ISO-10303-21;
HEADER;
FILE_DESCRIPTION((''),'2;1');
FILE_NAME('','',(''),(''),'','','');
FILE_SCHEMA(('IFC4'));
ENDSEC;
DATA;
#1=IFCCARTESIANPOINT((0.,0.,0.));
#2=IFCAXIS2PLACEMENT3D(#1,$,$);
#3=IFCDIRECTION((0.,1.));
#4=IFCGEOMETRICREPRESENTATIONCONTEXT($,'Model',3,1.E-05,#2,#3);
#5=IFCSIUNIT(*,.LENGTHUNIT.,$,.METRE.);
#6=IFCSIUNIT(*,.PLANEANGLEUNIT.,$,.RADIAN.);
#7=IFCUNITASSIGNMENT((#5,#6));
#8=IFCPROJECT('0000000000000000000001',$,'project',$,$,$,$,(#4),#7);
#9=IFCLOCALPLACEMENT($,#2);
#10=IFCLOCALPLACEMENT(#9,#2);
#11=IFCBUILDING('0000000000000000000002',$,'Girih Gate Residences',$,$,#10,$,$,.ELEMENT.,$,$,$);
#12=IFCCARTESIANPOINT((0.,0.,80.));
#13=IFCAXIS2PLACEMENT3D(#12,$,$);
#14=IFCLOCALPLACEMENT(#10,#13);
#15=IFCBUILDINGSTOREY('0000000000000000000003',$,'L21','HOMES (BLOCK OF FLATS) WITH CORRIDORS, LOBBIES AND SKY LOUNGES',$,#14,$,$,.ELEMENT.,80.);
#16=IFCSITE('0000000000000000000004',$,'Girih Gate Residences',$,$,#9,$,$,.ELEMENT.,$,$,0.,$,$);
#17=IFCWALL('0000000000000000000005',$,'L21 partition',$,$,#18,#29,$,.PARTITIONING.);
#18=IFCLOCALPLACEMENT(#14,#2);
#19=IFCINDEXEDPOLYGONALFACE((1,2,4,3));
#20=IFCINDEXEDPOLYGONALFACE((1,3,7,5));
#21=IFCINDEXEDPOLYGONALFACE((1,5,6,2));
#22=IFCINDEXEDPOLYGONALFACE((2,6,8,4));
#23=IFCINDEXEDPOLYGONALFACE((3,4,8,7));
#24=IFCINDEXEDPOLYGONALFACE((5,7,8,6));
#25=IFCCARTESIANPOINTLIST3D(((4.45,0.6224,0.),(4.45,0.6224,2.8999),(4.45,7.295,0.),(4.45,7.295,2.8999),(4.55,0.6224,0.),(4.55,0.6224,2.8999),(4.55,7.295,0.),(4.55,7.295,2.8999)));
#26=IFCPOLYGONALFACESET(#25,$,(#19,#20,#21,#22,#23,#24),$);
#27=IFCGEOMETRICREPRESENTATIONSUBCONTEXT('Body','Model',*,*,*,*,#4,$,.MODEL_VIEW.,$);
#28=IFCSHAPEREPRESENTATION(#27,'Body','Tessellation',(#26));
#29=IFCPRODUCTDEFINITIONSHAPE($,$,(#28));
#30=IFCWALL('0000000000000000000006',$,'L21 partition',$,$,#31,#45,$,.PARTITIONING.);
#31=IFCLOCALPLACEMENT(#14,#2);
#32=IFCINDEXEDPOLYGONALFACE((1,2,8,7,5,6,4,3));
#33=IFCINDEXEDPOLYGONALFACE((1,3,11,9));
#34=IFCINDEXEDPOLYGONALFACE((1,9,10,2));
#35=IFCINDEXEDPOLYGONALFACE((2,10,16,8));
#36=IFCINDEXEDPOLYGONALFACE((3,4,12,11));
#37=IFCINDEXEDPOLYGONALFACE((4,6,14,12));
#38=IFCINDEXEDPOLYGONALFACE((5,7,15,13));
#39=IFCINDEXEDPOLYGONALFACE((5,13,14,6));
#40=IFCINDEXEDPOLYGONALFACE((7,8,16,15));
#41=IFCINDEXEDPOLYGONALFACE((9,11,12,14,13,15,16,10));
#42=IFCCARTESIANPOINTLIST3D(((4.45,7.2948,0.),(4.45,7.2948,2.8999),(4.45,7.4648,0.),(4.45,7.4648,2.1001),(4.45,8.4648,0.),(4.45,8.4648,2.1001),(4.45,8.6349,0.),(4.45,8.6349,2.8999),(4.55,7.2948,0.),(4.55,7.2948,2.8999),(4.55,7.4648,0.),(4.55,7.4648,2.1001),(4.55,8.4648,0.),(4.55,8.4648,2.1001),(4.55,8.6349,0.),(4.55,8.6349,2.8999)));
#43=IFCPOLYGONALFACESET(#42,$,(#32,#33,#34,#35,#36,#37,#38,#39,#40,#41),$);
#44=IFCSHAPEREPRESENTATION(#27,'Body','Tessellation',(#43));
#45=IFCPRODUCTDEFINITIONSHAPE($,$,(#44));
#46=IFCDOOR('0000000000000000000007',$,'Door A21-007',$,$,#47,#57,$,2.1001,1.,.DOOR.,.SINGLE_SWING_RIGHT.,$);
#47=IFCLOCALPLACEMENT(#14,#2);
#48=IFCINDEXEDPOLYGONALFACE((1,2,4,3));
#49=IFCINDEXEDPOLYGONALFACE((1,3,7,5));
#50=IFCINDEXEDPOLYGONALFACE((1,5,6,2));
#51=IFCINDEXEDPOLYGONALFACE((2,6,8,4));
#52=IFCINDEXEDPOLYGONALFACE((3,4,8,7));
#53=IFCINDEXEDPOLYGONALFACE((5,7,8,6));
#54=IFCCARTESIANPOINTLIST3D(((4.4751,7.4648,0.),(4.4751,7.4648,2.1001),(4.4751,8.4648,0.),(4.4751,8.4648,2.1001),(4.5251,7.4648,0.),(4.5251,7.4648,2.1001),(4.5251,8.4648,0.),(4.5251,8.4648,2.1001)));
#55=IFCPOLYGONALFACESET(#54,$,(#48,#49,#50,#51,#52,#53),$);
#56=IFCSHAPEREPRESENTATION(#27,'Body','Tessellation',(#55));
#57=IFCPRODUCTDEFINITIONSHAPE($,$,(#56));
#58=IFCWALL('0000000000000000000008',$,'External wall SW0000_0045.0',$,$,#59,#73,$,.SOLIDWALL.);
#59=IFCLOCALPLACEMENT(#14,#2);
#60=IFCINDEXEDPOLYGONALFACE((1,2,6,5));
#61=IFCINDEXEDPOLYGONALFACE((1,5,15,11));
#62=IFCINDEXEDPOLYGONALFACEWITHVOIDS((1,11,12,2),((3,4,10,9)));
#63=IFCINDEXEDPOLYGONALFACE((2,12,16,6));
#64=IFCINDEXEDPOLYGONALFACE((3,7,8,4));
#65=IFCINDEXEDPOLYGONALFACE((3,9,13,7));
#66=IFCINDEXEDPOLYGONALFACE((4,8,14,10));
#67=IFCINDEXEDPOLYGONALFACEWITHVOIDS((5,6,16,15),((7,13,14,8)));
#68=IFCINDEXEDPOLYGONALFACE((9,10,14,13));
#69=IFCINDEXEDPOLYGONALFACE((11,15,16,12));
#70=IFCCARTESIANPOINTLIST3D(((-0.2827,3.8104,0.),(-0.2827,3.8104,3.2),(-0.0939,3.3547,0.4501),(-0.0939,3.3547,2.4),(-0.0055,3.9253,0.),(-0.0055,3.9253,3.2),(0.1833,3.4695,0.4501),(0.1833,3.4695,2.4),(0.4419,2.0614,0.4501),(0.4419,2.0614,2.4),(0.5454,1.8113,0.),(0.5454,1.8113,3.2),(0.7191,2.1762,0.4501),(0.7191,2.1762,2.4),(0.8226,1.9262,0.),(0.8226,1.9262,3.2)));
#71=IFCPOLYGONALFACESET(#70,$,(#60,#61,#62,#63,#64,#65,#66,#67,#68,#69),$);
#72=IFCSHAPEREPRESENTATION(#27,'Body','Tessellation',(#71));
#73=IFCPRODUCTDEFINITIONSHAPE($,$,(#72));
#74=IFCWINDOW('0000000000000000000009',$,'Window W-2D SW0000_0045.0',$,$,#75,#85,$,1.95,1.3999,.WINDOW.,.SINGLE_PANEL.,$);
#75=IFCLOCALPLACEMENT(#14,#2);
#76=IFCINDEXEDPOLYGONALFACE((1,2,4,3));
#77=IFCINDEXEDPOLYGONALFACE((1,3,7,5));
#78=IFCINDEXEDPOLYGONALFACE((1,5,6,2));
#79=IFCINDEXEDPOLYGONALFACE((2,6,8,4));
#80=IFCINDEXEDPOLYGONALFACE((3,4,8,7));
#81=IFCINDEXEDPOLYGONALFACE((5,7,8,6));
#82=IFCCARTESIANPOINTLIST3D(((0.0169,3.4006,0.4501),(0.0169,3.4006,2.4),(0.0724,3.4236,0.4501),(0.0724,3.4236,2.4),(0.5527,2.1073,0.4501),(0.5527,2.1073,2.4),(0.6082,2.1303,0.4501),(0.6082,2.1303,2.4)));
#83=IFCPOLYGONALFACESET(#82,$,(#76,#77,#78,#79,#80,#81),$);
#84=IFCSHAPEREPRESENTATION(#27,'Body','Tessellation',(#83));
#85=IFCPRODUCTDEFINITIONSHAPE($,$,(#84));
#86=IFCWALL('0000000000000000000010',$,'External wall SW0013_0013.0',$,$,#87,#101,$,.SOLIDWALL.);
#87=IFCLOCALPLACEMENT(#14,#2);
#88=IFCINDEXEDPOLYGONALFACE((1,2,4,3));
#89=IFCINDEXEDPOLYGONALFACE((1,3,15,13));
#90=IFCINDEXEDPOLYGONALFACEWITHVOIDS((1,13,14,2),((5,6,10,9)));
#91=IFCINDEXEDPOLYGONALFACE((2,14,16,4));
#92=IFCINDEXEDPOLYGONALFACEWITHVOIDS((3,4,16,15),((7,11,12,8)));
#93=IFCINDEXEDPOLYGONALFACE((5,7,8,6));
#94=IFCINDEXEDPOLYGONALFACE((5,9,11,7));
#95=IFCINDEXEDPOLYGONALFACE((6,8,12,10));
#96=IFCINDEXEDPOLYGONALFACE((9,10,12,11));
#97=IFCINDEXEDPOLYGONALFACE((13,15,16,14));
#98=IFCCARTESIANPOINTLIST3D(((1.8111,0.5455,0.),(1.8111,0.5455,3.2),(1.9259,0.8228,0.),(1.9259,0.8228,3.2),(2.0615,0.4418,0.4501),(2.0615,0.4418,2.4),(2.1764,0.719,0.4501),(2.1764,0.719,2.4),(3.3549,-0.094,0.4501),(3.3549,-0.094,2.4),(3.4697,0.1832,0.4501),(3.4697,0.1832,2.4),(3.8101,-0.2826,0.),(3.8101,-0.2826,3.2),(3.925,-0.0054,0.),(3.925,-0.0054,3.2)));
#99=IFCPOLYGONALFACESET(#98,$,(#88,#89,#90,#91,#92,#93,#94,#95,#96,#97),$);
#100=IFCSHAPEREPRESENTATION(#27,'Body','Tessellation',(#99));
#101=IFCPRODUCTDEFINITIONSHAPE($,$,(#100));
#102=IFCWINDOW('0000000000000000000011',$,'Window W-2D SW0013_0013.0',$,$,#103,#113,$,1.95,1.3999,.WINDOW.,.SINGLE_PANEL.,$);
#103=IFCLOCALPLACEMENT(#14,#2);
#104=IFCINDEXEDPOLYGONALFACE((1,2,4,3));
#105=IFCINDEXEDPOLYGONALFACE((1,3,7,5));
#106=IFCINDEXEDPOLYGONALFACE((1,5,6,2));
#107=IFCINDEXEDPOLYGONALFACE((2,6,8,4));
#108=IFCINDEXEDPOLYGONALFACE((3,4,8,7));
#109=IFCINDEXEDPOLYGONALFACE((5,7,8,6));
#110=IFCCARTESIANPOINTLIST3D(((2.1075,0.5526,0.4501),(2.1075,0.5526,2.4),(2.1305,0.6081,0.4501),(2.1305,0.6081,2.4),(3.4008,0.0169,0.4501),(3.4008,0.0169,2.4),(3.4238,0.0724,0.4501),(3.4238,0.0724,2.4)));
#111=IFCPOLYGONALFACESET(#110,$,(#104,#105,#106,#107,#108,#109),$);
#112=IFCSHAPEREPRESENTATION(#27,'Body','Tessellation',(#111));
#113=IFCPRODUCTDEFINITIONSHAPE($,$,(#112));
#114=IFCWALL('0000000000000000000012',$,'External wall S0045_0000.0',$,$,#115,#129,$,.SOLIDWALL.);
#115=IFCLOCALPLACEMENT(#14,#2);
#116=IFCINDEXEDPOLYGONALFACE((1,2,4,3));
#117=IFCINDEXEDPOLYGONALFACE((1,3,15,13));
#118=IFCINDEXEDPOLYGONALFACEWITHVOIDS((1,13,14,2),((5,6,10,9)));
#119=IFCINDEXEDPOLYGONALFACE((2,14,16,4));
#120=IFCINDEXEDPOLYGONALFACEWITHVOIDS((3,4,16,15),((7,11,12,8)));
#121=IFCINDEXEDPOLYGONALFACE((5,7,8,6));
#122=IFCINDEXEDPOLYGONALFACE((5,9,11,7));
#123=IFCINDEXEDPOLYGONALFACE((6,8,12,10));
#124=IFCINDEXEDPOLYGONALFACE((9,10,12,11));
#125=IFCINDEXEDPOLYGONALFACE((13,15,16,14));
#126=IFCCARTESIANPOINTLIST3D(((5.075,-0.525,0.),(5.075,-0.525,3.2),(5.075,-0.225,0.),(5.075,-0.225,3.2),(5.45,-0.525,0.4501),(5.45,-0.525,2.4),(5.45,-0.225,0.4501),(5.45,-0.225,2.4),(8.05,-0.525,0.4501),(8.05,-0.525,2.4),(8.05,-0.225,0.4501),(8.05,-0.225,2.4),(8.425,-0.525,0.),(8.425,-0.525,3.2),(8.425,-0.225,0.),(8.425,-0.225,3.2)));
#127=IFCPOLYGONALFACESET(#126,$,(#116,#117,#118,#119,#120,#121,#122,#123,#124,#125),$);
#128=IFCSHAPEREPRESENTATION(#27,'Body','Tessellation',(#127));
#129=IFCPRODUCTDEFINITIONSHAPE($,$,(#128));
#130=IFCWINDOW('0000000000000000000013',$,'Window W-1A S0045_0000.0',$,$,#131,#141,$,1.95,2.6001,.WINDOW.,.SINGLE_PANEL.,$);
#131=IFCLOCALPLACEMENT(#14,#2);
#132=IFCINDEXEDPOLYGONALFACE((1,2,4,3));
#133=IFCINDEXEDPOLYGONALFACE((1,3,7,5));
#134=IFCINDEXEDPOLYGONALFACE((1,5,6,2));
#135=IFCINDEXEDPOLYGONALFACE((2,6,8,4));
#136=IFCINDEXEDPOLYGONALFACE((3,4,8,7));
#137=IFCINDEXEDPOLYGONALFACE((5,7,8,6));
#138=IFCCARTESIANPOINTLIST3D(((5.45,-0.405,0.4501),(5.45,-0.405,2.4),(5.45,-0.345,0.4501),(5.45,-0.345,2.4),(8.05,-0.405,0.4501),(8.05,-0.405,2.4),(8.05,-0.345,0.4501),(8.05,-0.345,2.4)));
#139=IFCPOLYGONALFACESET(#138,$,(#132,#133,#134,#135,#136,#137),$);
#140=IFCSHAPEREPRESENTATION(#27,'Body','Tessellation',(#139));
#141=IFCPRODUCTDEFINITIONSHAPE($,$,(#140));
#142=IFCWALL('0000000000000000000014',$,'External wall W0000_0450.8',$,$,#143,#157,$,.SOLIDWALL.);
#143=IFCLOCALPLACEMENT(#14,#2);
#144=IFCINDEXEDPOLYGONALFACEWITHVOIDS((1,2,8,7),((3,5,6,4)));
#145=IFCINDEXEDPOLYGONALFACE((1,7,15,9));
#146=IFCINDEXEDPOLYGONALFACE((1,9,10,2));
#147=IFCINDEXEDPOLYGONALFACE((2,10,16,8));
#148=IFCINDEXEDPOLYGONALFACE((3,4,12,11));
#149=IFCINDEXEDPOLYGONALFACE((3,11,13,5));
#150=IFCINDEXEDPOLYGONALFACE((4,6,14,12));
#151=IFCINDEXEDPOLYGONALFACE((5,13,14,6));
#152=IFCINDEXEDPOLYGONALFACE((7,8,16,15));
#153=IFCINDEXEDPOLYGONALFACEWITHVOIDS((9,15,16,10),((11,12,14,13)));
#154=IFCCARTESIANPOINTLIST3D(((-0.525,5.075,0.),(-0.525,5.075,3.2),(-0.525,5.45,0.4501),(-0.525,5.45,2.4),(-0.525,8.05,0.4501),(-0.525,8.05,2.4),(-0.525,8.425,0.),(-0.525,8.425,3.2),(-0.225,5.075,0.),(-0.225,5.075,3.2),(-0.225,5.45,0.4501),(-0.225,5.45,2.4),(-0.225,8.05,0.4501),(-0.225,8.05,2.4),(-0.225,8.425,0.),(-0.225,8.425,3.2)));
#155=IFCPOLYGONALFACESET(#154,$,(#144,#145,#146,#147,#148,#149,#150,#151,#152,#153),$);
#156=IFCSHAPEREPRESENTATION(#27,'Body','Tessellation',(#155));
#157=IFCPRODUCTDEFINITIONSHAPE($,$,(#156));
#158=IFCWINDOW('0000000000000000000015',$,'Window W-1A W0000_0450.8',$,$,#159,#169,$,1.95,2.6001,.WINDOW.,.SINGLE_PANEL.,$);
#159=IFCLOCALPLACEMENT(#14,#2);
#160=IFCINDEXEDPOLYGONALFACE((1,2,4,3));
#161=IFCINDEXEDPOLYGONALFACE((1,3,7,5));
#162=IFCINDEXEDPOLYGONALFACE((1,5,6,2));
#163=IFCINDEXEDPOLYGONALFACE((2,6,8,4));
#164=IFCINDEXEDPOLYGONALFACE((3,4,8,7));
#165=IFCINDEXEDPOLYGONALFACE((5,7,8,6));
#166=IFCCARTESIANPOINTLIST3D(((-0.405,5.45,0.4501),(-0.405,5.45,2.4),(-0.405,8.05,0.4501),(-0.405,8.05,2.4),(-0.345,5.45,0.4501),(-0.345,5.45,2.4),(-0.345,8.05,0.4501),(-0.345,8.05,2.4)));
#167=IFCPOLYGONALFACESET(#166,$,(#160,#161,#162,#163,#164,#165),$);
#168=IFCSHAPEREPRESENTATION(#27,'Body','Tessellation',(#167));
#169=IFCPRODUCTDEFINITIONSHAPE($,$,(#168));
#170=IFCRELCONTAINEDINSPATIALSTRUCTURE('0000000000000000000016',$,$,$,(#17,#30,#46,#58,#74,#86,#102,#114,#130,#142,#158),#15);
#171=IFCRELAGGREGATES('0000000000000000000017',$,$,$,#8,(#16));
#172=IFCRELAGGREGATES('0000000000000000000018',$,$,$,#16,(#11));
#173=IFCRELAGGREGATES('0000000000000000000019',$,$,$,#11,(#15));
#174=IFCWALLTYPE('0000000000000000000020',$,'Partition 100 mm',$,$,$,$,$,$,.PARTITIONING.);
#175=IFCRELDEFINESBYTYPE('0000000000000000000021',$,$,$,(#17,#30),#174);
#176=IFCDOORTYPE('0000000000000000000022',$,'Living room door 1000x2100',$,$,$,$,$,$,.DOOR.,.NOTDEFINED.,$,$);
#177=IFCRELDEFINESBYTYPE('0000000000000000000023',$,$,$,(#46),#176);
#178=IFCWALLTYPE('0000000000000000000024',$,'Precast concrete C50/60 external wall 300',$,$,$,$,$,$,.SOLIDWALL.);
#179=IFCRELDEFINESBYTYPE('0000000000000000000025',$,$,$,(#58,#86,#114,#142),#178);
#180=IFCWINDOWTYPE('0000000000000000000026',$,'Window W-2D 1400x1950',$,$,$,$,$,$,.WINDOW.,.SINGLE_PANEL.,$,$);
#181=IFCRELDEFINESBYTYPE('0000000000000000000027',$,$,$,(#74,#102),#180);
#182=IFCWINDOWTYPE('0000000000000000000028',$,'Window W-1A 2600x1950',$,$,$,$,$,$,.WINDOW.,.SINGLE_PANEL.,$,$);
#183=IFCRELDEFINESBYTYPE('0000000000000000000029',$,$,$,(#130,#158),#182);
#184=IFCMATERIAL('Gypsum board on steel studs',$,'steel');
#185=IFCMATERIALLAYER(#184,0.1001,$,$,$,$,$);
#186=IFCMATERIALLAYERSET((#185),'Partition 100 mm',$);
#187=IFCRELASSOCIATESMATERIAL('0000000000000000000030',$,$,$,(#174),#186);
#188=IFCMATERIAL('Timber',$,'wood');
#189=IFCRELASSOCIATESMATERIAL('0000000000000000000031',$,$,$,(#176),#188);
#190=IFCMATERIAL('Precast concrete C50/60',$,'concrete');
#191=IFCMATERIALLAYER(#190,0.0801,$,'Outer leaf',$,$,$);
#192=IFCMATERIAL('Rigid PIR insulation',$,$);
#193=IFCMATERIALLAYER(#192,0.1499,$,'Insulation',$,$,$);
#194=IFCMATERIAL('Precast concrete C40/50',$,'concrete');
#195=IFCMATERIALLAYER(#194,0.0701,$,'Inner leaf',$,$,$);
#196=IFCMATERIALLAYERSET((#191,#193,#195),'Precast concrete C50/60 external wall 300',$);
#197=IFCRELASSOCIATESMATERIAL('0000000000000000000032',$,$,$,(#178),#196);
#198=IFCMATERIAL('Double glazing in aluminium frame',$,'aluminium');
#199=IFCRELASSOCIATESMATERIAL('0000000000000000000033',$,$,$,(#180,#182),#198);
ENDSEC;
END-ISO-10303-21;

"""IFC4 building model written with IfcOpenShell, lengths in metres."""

from ifc_helpers import new_model, si_unit, direction, frame, frame_2d, origin, place, context, subcontext, project, spatial, rectangle, extrude, material, layer, layer_set, type_object, element, fill, save


model = new_model("IFC4")

# Units and contexts
model_context = context("Model", 3, precision=1e-05, world=origin(), true_north=direction((0.0, 1.0)))
body_context = subcontext(model_context, "Body", "Model", "MODEL_VIEW")
ifc_project = project(units=[si_unit("LENGTHUNIT", "METRE"), si_unit("PLANEANGLEUNIT", "RADIAN")], contexts=[model_context])

# Site, building, storey
site_placement = place(None, origin())
site = spatial("IfcSite", under=ifc_project, at=site_placement, Name="Girih Gate Residences", CompositionType="ELEMENT", RefElevation=0.0)
building_placement = place(site_placement, origin())
building = spatial("IfcBuilding", under=site, at=building_placement, Name="Girih Gate Residences", CompositionType="ELEMENT")
storey_placement = place(building_placement, frame((0.0, 0.0, 80.0)))
storey = spatial("IfcBuildingStorey", under=building, at=storey_placement, Name="L21", Description="HOMES (BLOCK OF FLATS) WITH CORRIDORS, LOBBIES AND SKY LOUNGES", CompositionType="ELEMENT", Elevation=80.0)

# Wall
ifc_material_1 = material(Name="Gypsum board on steel studs", Category="steel")
ifc_layer_1 = layer(ifc_material_1, 0.1001)
ifc_layer_set_1 = layer_set([ifc_layer_1], Name="Partition 100 mm")
wall_type_1 = type_object("IfcWallType", Name="Partition 100 mm", PredefinedType="PARTITIONING", material=ifc_layer_set_1)
wall_1_placement = place(storey_placement, frame((4.5, 0.6223, 0.0), z_axis=(0.0, 0.0, 1.0), x_axis=(0.0, 1.0, 0.0)))
element("IfcWall", 1, at=wall_1_placement, inside=storey, type_object=wall_type_1, Name="L21 partition", PredefinedType="PARTITIONING", context=body_context, shape_type="SweptSolid", body=[
    extrude(rectangle(XDim=6.6726, YDim=0.1001, at=frame_2d((3.3364, 0.0))), origin(), (0.0, 0.0, 1.0), 2.8999),
])

# Wall, opening, door
wall_2_placement = place(storey_placement, frame((4.5, 7.2949, 0.0), z_axis=(0.0, 0.0, 1.0), x_axis=(0.0, 1.0, 0.0)))
wall_2 = element("IfcWall", 2, at=wall_2_placement, inside=storey, type_object=wall_type_1, Name="L21 partition", PredefinedType="PARTITIONING", context=body_context, shape_type="SweptSolid", body=[
    extrude(rectangle(XDim=1.3401, YDim=0.1001, at=frame_2d((0.6699, 0.0))), origin(), (0.0, 0.0, 1.0), 2.8999),
])
opening_1_placement = place(wall_2_placement, frame((0.1699, 0.0, 0.0)))
opening_1 = element("IfcOpeningElement", 3, at=opening_1_placement, cuts=wall_2, PredefinedType="OPENING", context=body_context, shape_type="SweptSolid", body=[
    extrude(rectangle(XDim=1.0, YDim=2.1001, at=frame_2d((0.5, 1.05))), frame((0.0, 0.0601, 0.0), z_axis=(0.0, -1.0, 0.0), x_axis=(1.0, 0.0, 0.0)), (0.0, 0.0, 1.0), 0.1201),
])
ifc_material_2 = material(Name="Timber", Category="wood")
door_type = type_object("IfcDoorType", Name="Living room door 1000x2100", OperationType="NOTDEFINED", PredefinedType="DOOR", material=ifc_material_2)
door_placement = place(opening_1_placement, origin())
door = element("IfcDoor", 4, at=door_placement, inside=storey, type_object=door_type, Name="Door A21-007", OperationType="SINGLE_SWING_RIGHT", OverallHeight=2.1001, OverallWidth=1.0, PredefinedType="DOOR", context=body_context, shape_type="SweptSolid", body=[
    extrude(rectangle(XDim=1.0, YDim=2.1001, at=frame_2d((0.5, 1.05))), frame((0.0, 0.0249, 0.0), z_axis=(0.0, -1.0, 0.0), x_axis=(1.0, 0.0, 0.0)), (0.0, 0.0, 1.0), 0.05),
])
fill(opening_1, door)

# Walls, openings, windows
ifc_material_3 = material(Name="Precast concrete C50/60", Category="concrete")
ifc_layer_2 = layer(ifc_material_3, 0.0801, Name="Outer leaf")
ifc_material_4 = material(Name="Rigid PIR insulation")
ifc_layer_3 = layer(ifc_material_4, 0.1499, Name="Insulation")
ifc_material_5 = material(Name="Precast concrete C40/50", Category="concrete")
ifc_layer_4 = layer(ifc_material_5, 0.0701, Name="Inner leaf")
ifc_layer_set_2 = layer_set([ifc_layer_2, ifc_layer_3, ifc_layer_4], Name="Precast concrete C50/60 external wall 300")
wall_type_2 = type_object("IfcWallType", Name="Precast concrete C50/60 external wall 300", PredefinedType="SOLIDWALL", material=ifc_layer_set_2)
wall_3_placement = place(storey_placement, frame((0.6841, 1.8687, 0.0), z_axis=(0.0, 0.0, 1.0), x_axis=(-0.382724, 0.923863, 0.0)))
wall_3 = element("IfcWall", 5, at=wall_3_placement, inside=storey, type_object=wall_type_2, Name="External wall SW0000_0045.0", PredefinedType="SOLIDWALL", context=body_context, shape_type="SweptSolid", body=[
    extrude(rectangle(XDim=2.1638, YDim=0.3, at=frame_2d((1.082, 0.0))), origin(), (0.0, 0.0, 1.0), 3.2),
])
opening_2_placement = place(wall_3_placement, frame((0.2708, 0.0, 0.45)))
opening_2 = element("IfcOpeningElement", 6, at=opening_2_placement, cuts=wall_3, PredefinedType="OPENING", context=body_context, shape_type="SweptSolid", body=[
    extrude(rectangle(XDim=1.3999, YDim=1.95, at=frame_2d((0.7, 0.9751))), frame((0.0, 0.1599, 0.0), z_axis=(0.0, -1.0, 0.0), x_axis=(1.0, 0.0, 0.0)), (0.0, 0.0, 1.0), 0.3201),
])
ifc_material_6 = material(Name="Double glazing in aluminium frame", Category="aluminium")
window_type_1 = type_object("IfcWindowType", Name="Window W-2D 1400x1950", PartitioningType="SINGLE_PANEL", PredefinedType="WINDOW", material=ifc_material_6)
window_1_placement = place(opening_2_placement, origin())
window_1 = element("IfcWindow", 7, at=window_1_placement, inside=storey, type_object=window_type_1, Name="Window W-2D SW0000_0045.0", OverallHeight=1.95, OverallWidth=1.3999, PartitioningType="SINGLE_PANEL", PredefinedType="WINDOW", context=body_context, shape_type="SweptSolid", body=[
    extrude(rectangle(XDim=1.3999, YDim=1.95, at=frame_2d((0.7, 0.9751))), frame((0.0, 0.03, 0.0), z_axis=(0.0, -1.0, 0.0), x_axis=(1.0, 0.0, 0.0)), (0.0, 0.0, 1.0), 0.0601),
])
fill(opening_2, window_1)
wall_4_placement = place(storey_placement, frame((3.8677, -0.144, 0.0), z_axis=(0.0, 0.0, 1.0), x_axis=(-0.923863, 0.382724, 0.0)))
wall_4 = element("IfcWall", 8, at=wall_4_placement, inside=storey, type_object=wall_type_2, Name="External wall SW0013_0013.0", PredefinedType="SOLIDWALL", context=body_context, shape_type="SweptSolid", body=[
    extrude(rectangle(XDim=2.1638, YDim=0.3, at=frame_2d((1.082, 0.0))), origin(), (0.0, 0.0, 1.0), 3.2),
])
opening_3_placement = place(wall_4_placement, frame((0.4929, 0.0, 0.45)))
opening_3 = element("IfcOpeningElement", 9, at=opening_3_placement, cuts=wall_4, PredefinedType="OPENING", context=body_context, shape_type="SweptSolid", body=[
    extrude(rectangle(XDim=1.3999, YDim=1.95, at=frame_2d((0.7, 0.9751))), frame((0.0, 0.1599, 0.0), z_axis=(0.0, -1.0, 0.0), x_axis=(1.0, 0.0, 0.0)), (0.0, 0.0, 1.0), 0.3201),
])
window_2_placement = place(opening_3_placement, origin())
window_2 = element("IfcWindow", 10, at=window_2_placement, inside=storey, type_object=window_type_1, Name="Window W-2D SW0013_0013.0", OverallHeight=1.95, OverallWidth=1.3999, PartitioningType="SINGLE_PANEL", PredefinedType="WINDOW", context=body_context, shape_type="SweptSolid", body=[
    extrude(rectangle(XDim=1.3999, YDim=1.95, at=frame_2d((0.7, 0.9751))), frame((0.0, 0.03, 0.0), z_axis=(0.0, -1.0, 0.0), x_axis=(1.0, 0.0, 0.0)), (0.0, 0.0, 1.0), 0.0601),
])
fill(opening_3, window_2)
wall_5_placement = place(storey_placement, frame((8.425, -0.375, 0.0), z_axis=(0.0, 0.0, 1.0), x_axis=(-1.0, 0.0, 0.0)))
wall_5 = element("IfcWall", 11, at=wall_5_placement, inside=storey, type_object=wall_type_2, Name="External wall S0045_0000.0", PredefinedType="SOLIDWALL", context=body_context, shape_type="SweptSolid", body=[
    extrude(rectangle(XDim=3.3501, YDim=0.3, at=frame_2d((1.675, 0.0))), origin(), (0.0, 0.0, 1.0), 3.2),
])
opening_4_placement = place(wall_5_placement, frame((0.375, 0.0, 0.45)))
opening_4 = element("IfcOpeningElement", 12, at=opening_4_placement, cuts=wall_5, PredefinedType="OPENING", context=body_context, shape_type="SweptSolid", body=[
    extrude(rectangle(XDim=2.6001, YDim=1.95, at=frame_2d((1.3, 0.9751))), frame((0.0, 0.1599, 0.0), z_axis=(0.0, -1.0, 0.0), x_axis=(1.0, 0.0, 0.0)), (0.0, 0.0, 1.0), 0.3201),
])
window_type_2 = type_object("IfcWindowType", Name="Window W-1A 2600x1950", PartitioningType="SINGLE_PANEL", PredefinedType="WINDOW", material=ifc_material_6)
window_3_placement = place(opening_4_placement, origin())
window_3 = element("IfcWindow", 13, at=window_3_placement, inside=storey, type_object=window_type_2, Name="Window W-1A S0045_0000.0", OverallHeight=1.95, OverallWidth=2.6001, PartitioningType="SINGLE_PANEL", PredefinedType="WINDOW", context=body_context, shape_type="SweptSolid", body=[
    extrude(rectangle(XDim=2.6001, YDim=1.95, at=frame_2d((1.3, 0.9751))), frame((0.0, 0.03, 0.0), z_axis=(0.0, -1.0, 0.0), x_axis=(1.0, 0.0, 0.0)), (0.0, 0.0, 1.0), 0.0601),
])
fill(opening_4, window_3)
wall_6_placement = place(storey_placement, frame((-0.375, 5.075, 0.0), z_axis=(0.0, 0.0, 1.0), x_axis=(0.0, 1.0, 0.0)))
wall_6 = element("IfcWall", 14, at=wall_6_placement, inside=storey, type_object=wall_type_2, Name="External wall W0000_0450.8", PredefinedType="SOLIDWALL", context=body_context, shape_type="SweptSolid", body=[
    extrude(rectangle(XDim=3.3501, YDim=0.3, at=frame_2d((1.675, 0.0))), origin(), (0.0, 0.0, 1.0), 3.2),
])
opening_5_placement = place(wall_6_placement, frame((0.375, 0.0, 0.45)))
opening_5 = element("IfcOpeningElement", 15, at=opening_5_placement, cuts=wall_6, PredefinedType="OPENING", context=body_context, shape_type="SweptSolid", body=[
    extrude(rectangle(XDim=2.6001, YDim=1.95, at=frame_2d((1.3, 0.9751))), frame((0.0, 0.1599, 0.0), z_axis=(0.0, -1.0, 0.0), x_axis=(1.0, 0.0, 0.0)), (0.0, 0.0, 1.0), 0.3201),
])
window_4_placement = place(opening_5_placement, origin())
window_4 = element("IfcWindow", 16, at=window_4_placement, inside=storey, type_object=window_type_2, Name="Window W-1A W0000_0450.8", OverallHeight=1.95, OverallWidth=2.6001, PartitioningType="SINGLE_PANEL", PredefinedType="WINDOW", context=body_context, shape_type="SweptSolid", body=[
    extrude(rectangle(XDim=2.6001, YDim=1.95, at=frame_2d((1.3, 0.9751))), frame((0.0, 0.03, 0.0), z_axis=(0.0, -1.0, 0.0), x_axis=(1.0, 0.0, 0.0)), (0.0, 0.0, 1.0), 0.0601),
])
fill(opening_5, window_4)

save(model, "model.ifc")
